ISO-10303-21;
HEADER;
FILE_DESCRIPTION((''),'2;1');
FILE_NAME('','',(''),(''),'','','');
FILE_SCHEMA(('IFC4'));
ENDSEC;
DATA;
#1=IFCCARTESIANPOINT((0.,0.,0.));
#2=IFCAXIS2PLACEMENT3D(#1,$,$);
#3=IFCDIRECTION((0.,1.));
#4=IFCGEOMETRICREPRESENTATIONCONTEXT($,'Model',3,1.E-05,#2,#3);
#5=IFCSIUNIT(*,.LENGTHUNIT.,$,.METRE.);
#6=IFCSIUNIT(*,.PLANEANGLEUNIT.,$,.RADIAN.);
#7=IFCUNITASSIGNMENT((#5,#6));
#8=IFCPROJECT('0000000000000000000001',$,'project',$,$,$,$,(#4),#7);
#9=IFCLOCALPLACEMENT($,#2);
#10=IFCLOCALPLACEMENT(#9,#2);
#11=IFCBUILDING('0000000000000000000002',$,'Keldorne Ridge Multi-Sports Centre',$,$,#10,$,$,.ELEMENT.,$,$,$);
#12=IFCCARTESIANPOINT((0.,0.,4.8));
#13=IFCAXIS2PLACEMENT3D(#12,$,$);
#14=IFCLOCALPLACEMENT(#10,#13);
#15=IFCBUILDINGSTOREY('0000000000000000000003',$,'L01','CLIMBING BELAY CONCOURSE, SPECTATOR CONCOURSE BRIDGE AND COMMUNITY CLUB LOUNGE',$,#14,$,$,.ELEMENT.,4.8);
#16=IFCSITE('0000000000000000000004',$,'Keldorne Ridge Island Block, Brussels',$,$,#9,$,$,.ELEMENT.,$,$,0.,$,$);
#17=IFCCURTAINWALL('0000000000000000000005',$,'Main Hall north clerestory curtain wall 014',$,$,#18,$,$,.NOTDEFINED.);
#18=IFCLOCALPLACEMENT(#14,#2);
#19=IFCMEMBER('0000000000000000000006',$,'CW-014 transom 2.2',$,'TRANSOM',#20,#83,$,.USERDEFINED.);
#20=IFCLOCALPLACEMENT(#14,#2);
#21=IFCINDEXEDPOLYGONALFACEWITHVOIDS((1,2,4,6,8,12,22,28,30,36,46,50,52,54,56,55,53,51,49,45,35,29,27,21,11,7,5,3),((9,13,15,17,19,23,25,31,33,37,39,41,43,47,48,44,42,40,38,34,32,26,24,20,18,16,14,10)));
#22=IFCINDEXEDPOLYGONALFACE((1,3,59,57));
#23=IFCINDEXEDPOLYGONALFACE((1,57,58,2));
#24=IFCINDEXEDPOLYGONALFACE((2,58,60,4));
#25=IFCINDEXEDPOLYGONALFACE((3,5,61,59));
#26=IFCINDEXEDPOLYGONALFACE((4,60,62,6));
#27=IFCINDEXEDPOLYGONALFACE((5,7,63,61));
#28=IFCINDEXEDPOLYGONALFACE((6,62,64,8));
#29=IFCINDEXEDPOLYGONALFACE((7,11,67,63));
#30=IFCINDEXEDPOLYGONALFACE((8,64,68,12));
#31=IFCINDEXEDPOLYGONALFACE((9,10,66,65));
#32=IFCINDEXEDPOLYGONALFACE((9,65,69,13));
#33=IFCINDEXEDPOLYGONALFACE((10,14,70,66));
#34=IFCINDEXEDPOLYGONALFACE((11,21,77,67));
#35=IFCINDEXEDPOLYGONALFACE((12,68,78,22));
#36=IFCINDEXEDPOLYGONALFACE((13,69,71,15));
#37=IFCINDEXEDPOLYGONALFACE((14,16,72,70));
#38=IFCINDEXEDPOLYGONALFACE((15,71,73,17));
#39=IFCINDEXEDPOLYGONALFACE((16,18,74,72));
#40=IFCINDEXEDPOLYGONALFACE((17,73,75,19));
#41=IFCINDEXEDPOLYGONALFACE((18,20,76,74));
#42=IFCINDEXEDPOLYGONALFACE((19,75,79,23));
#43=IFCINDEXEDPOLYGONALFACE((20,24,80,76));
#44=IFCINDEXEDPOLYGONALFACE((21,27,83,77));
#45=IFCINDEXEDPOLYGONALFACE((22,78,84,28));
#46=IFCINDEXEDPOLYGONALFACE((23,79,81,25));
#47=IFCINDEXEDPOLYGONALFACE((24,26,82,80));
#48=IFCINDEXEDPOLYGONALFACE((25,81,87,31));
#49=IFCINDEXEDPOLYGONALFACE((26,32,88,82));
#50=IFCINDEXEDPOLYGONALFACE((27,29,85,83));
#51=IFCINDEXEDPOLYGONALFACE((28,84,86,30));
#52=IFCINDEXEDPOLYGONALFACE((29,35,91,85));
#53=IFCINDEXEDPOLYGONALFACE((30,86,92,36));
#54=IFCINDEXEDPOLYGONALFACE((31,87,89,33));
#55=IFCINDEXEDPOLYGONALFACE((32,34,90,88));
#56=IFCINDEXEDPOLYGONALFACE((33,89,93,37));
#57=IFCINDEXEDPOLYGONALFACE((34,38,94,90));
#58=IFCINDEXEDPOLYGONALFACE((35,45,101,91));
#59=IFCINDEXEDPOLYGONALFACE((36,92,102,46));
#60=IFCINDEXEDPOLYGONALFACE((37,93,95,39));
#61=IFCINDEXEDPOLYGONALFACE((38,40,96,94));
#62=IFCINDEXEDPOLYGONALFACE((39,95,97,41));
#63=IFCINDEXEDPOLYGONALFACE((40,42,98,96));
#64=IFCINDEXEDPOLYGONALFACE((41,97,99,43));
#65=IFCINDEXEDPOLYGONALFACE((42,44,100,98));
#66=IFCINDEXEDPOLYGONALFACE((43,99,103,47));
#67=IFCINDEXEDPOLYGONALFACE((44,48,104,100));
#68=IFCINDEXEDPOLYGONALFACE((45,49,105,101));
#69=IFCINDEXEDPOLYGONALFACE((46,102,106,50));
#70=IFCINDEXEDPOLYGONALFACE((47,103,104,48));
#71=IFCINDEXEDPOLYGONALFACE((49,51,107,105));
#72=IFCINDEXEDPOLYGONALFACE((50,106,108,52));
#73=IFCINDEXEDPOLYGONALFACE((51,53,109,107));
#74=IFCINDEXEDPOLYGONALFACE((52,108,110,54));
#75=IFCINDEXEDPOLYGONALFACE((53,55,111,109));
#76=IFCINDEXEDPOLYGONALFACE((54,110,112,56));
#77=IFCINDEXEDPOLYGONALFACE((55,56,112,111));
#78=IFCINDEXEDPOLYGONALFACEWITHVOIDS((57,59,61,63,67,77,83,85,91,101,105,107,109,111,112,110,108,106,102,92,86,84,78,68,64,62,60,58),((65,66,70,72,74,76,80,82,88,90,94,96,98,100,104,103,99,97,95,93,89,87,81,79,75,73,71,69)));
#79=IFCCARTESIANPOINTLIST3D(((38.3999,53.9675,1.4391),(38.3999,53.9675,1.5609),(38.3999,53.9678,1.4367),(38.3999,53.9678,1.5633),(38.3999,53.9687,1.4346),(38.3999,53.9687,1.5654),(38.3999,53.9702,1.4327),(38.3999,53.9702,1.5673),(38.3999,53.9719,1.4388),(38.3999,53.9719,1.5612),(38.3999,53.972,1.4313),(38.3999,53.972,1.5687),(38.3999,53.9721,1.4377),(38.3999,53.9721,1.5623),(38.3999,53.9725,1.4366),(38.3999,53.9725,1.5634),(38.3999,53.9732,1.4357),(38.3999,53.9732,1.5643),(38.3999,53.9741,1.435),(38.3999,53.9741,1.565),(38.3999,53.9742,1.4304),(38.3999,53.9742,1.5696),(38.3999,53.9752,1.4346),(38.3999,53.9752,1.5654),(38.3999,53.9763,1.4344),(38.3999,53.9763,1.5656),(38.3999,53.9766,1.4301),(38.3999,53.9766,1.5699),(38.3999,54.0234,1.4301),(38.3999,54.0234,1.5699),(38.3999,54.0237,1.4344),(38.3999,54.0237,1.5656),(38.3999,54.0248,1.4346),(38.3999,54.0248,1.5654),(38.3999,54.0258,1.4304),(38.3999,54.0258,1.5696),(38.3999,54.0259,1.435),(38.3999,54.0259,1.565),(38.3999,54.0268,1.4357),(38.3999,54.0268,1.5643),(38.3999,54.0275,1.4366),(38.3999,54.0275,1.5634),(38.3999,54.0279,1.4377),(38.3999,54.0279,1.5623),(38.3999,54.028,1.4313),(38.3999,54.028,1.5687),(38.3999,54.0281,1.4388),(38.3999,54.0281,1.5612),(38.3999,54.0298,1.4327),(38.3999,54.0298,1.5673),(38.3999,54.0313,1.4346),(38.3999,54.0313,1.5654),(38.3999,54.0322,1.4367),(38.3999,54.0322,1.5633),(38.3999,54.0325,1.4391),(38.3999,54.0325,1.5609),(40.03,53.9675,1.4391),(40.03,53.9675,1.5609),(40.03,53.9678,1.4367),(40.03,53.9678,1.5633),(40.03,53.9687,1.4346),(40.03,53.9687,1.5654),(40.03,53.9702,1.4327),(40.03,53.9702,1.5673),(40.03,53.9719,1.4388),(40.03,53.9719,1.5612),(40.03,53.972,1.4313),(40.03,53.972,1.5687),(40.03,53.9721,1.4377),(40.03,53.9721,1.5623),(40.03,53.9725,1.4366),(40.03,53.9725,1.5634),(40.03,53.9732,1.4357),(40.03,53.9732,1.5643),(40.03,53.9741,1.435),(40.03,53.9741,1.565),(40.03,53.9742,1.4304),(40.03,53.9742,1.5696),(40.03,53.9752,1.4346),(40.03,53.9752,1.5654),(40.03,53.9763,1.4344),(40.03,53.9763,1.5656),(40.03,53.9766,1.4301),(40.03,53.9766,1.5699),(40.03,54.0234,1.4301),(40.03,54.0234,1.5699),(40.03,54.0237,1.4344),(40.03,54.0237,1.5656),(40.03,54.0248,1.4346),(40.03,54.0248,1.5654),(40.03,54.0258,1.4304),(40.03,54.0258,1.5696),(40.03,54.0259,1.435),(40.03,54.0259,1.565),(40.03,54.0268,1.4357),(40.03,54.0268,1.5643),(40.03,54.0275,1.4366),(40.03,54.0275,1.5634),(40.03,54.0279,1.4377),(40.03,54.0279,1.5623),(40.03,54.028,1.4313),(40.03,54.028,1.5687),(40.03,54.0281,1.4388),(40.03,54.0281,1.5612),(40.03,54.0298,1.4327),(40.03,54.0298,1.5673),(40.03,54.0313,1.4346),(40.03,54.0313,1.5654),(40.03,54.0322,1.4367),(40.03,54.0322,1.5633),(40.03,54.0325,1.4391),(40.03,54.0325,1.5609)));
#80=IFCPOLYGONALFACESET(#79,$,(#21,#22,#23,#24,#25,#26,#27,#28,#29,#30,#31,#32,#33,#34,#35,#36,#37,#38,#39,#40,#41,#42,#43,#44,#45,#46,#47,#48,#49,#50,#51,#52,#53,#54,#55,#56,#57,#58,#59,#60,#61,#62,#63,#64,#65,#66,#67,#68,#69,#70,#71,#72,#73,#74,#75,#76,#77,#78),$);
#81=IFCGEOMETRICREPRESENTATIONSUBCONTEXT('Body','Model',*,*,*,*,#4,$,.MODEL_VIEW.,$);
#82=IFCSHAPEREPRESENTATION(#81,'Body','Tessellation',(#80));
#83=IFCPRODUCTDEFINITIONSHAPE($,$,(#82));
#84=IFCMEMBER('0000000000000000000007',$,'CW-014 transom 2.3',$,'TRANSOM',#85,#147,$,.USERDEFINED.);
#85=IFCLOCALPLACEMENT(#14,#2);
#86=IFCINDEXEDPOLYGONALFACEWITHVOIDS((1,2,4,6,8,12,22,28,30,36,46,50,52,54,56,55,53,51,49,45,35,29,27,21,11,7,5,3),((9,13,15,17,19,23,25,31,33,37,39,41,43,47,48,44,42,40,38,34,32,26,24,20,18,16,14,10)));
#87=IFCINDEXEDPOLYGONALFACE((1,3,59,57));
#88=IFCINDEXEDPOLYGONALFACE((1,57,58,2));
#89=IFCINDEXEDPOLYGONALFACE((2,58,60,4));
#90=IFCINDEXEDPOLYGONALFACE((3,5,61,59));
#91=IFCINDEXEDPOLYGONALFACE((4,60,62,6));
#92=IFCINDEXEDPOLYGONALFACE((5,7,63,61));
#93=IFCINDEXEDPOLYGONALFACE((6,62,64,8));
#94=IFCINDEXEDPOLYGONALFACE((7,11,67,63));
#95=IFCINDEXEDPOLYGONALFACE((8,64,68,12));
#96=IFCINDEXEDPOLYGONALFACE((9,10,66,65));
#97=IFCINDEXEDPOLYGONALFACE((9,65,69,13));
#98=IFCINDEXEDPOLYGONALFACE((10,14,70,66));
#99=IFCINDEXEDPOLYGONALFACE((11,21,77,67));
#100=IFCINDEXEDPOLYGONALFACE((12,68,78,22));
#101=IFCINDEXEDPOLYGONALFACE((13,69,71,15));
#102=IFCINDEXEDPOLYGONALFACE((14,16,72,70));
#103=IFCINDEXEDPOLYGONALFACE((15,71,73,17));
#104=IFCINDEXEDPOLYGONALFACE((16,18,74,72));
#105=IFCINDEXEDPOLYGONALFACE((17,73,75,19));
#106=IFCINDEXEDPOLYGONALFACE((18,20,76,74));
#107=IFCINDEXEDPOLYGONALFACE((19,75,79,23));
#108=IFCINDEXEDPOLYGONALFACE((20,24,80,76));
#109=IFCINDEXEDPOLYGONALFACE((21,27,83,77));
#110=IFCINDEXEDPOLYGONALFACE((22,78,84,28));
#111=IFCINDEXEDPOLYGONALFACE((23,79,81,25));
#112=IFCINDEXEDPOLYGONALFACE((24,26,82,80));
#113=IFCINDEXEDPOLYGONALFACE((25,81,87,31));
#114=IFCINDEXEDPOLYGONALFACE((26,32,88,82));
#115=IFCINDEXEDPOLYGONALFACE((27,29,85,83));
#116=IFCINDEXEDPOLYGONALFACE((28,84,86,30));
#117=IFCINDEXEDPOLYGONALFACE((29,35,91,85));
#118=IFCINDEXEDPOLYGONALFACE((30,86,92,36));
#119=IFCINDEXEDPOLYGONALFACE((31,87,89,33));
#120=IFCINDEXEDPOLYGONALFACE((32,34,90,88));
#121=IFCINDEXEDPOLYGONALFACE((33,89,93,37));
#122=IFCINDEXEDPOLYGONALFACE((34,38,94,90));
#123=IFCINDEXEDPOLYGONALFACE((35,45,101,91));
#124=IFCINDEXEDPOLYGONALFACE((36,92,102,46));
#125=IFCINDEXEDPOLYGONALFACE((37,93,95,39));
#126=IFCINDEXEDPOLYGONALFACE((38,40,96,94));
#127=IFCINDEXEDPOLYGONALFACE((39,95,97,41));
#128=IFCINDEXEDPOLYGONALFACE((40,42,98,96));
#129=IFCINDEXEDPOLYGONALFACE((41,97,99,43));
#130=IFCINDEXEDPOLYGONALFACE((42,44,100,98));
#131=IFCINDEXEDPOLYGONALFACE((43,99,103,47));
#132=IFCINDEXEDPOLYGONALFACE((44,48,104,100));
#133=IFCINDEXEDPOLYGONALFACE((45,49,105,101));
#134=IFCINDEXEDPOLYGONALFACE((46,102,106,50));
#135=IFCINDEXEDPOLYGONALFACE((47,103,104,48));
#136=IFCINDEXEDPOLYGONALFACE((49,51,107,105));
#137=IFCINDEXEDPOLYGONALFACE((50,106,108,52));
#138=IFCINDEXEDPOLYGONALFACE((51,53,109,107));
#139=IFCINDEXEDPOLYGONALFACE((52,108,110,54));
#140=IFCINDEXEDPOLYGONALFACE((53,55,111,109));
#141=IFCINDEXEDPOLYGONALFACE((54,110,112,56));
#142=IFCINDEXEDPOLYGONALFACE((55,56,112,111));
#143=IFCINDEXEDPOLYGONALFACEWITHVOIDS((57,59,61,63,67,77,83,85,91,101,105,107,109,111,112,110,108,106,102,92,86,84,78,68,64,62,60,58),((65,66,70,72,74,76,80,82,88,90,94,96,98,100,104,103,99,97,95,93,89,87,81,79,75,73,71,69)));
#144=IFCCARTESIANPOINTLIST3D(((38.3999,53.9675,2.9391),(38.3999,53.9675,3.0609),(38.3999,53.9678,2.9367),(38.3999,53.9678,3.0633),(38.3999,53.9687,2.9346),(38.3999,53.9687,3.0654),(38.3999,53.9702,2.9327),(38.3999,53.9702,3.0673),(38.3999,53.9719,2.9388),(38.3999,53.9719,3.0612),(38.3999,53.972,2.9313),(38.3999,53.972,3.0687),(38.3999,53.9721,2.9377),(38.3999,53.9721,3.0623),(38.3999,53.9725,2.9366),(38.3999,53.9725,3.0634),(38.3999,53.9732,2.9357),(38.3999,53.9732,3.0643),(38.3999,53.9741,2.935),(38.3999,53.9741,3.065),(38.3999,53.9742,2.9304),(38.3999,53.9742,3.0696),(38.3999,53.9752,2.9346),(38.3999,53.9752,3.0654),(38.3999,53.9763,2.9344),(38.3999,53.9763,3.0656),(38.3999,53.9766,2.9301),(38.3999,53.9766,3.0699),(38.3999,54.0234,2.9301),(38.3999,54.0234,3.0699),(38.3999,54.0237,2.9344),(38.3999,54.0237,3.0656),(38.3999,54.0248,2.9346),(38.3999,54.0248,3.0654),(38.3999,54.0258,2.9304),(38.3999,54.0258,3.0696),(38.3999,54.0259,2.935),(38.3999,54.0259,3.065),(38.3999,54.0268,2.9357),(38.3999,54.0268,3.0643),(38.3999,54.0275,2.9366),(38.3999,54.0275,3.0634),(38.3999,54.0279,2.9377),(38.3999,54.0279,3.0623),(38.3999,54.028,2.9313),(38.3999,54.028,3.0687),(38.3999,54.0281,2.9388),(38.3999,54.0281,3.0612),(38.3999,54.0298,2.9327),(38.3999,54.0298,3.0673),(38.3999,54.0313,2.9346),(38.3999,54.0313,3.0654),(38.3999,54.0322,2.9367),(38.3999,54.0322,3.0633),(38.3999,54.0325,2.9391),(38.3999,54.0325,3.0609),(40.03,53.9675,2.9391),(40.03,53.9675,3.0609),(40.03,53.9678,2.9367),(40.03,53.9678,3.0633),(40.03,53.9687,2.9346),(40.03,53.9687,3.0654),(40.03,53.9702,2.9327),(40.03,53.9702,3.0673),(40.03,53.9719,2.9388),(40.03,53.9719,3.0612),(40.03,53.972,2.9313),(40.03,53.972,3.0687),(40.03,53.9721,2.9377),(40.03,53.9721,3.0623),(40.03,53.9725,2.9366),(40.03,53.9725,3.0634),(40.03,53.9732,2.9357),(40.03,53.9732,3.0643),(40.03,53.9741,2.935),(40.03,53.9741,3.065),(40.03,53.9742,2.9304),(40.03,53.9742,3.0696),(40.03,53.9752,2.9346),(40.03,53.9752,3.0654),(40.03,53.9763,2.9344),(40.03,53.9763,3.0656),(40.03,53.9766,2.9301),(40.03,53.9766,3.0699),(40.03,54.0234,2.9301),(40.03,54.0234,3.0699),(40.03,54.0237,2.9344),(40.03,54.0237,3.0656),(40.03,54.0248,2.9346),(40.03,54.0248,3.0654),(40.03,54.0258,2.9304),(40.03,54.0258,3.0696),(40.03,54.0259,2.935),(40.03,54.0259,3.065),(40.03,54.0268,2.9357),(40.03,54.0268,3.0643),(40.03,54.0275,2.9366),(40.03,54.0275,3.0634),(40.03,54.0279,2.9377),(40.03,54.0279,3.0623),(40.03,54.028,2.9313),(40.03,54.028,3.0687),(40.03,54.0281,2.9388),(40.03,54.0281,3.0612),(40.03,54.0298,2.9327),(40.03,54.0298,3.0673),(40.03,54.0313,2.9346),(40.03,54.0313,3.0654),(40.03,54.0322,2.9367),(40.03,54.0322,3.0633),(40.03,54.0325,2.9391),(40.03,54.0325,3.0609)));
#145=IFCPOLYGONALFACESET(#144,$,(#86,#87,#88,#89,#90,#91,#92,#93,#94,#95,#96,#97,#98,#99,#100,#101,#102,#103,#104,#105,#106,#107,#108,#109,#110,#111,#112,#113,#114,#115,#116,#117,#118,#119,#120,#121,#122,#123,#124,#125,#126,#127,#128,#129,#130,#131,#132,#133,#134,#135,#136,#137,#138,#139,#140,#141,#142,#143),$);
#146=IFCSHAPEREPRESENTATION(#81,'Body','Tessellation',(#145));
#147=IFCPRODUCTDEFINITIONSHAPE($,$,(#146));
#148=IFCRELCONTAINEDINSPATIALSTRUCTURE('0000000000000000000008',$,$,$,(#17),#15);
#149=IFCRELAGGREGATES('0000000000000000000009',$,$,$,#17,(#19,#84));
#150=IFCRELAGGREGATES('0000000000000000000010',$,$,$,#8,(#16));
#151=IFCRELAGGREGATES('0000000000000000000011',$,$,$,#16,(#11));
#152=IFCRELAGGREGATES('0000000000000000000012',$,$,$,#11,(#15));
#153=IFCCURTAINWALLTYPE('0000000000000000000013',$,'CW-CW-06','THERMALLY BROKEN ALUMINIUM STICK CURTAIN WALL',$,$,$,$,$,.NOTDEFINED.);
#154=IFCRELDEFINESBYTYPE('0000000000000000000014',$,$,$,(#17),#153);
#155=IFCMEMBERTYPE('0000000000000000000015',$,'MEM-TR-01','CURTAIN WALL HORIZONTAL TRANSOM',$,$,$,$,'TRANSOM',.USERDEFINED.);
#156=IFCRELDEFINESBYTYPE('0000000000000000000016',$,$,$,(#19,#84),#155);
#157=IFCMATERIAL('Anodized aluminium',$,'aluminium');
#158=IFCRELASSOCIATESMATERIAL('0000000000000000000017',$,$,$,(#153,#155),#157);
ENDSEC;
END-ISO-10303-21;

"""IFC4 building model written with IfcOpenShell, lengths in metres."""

from ifc_helpers import new_model, si_unit, direction, frame, origin, origin_2d, place, context, subcontext, project, spatial, hollow_rectangle, extrude, material, material_profile, profile_set, type_object, element, aggregate, save


model = new_model("IFC4")

# Units and contexts
model_context = context("Model", 3, precision=1e-05, world=origin(), true_north=direction((0.0, 1.0)))
body_context = subcontext(model_context, "Body", "Model", "MODEL_VIEW")
ifc_project = project(units=[si_unit("LENGTHUNIT", "METRE"), si_unit("PLANEANGLEUNIT", "RADIAN")], contexts=[model_context])

# Site, building, storey
site_placement = place(None, origin())
site = spatial("IfcSite", under=ifc_project, at=site_placement, Name="Keldorne Ridge Island Block, Brussels", CompositionType="ELEMENT", RefElevation=0.0)
building_placement = place(site_placement, origin())
building = spatial("IfcBuilding", under=site, at=building_placement, Name="Keldorne Ridge Multi-Sports Centre", CompositionType="ELEMENT")
storey_placement = place(building_placement, frame((0.0, 0.0, 4.8)))
storey = spatial("IfcBuildingStorey", under=building, at=storey_placement, Name="L01", Description="CLIMBING BELAY CONCOURSE, SPECTATOR CONCOURSE BRIDGE AND COMMUNITY CLUB LOUNGE", CompositionType="ELEMENT", Elevation=4.8)

# Curtain wall
ifc_material_1 = material(Name="Anodized aluminium", Category="aluminium")
curtain_wall_type_1 = type_object("IfcCurtainWallType", Name="CW-CW-06", Description="THERMALLY BROKEN ALUMINIUM STICK CURTAIN WALL", PredefinedType="NOTDEFINED", material=ifc_material_1)
curtain_wall_1_placement = place(storey_placement, origin())
curtain_wall_1 = element("IfcCurtainWall", 1, at=curtain_wall_1_placement, inside=storey, type_object=curtain_wall_type_1, Name="Main Hall north clerestory curtain wall 014", PredefinedType="NOTDEFINED")

# Members
ifc_material_profile_1 = material_profile(ifc_material_1, hollow_rectangle(XDim=0.0649, YDim=0.1399, WallThickness=0.0044, InnerFilletRadius=0.0044, OuterFilletRadius=0.009, at=origin_2d()), Name="ALU TRANSOM 140x65x4.5")
ifc_profile_set_1 = profile_set([ifc_material_profile_1], Name="Anodized aluminium")
member_type_1 = type_object("IfcMemberType", Name="MEM-TR-01", Description="CURTAIN WALL HORIZONTAL TRANSOM", ElementType="TRANSOM", PredefinedType="USERDEFINED", material=ifc_profile_set_1)
member_1_placement = place(storey_placement, frame((40.03, 54.0, 1.5), z_axis=(-1.0, 0.0, 0.0), x_axis=(0.0, -1.0, 0.0)))
member_1 = element("IfcMember", 2, at=member_1_placement, type_object=member_type_1, Name="CW-014 transom 2.2", ObjectType="TRANSOM", PredefinedType="USERDEFINED", context=body_context, shape_type="SweptSolid", body=[
    extrude(hollow_rectangle(XDim=0.0649, YDim=0.1399, WallThickness=0.0044, InnerFilletRadius=0.0044, OuterFilletRadius=0.009, at=origin_2d()), origin(), (0.0, 0.0, 1.0), 1.6301),
])
member_2_placement = place(storey_placement, frame((40.03, 54.0, 3.0), z_axis=(-1.0, 0.0, 0.0), x_axis=(0.0, -1.0, 0.0)))
member_2 = element("IfcMember", 3, at=member_2_placement, type_object=member_type_1, Name="CW-014 transom 2.3", ObjectType="TRANSOM", PredefinedType="USERDEFINED", context=body_context, shape_type="SweptSolid", body=[
    extrude(hollow_rectangle(XDim=0.0649, YDim=0.1399, WallThickness=0.0044, InnerFilletRadius=0.0044, OuterFilletRadius=0.009, at=origin_2d()), origin(), (0.0, 0.0, 1.0), 1.6301),
])

aggregate(curtain_wall_1, [member_1, member_2])

save(model, "model.ifc")
